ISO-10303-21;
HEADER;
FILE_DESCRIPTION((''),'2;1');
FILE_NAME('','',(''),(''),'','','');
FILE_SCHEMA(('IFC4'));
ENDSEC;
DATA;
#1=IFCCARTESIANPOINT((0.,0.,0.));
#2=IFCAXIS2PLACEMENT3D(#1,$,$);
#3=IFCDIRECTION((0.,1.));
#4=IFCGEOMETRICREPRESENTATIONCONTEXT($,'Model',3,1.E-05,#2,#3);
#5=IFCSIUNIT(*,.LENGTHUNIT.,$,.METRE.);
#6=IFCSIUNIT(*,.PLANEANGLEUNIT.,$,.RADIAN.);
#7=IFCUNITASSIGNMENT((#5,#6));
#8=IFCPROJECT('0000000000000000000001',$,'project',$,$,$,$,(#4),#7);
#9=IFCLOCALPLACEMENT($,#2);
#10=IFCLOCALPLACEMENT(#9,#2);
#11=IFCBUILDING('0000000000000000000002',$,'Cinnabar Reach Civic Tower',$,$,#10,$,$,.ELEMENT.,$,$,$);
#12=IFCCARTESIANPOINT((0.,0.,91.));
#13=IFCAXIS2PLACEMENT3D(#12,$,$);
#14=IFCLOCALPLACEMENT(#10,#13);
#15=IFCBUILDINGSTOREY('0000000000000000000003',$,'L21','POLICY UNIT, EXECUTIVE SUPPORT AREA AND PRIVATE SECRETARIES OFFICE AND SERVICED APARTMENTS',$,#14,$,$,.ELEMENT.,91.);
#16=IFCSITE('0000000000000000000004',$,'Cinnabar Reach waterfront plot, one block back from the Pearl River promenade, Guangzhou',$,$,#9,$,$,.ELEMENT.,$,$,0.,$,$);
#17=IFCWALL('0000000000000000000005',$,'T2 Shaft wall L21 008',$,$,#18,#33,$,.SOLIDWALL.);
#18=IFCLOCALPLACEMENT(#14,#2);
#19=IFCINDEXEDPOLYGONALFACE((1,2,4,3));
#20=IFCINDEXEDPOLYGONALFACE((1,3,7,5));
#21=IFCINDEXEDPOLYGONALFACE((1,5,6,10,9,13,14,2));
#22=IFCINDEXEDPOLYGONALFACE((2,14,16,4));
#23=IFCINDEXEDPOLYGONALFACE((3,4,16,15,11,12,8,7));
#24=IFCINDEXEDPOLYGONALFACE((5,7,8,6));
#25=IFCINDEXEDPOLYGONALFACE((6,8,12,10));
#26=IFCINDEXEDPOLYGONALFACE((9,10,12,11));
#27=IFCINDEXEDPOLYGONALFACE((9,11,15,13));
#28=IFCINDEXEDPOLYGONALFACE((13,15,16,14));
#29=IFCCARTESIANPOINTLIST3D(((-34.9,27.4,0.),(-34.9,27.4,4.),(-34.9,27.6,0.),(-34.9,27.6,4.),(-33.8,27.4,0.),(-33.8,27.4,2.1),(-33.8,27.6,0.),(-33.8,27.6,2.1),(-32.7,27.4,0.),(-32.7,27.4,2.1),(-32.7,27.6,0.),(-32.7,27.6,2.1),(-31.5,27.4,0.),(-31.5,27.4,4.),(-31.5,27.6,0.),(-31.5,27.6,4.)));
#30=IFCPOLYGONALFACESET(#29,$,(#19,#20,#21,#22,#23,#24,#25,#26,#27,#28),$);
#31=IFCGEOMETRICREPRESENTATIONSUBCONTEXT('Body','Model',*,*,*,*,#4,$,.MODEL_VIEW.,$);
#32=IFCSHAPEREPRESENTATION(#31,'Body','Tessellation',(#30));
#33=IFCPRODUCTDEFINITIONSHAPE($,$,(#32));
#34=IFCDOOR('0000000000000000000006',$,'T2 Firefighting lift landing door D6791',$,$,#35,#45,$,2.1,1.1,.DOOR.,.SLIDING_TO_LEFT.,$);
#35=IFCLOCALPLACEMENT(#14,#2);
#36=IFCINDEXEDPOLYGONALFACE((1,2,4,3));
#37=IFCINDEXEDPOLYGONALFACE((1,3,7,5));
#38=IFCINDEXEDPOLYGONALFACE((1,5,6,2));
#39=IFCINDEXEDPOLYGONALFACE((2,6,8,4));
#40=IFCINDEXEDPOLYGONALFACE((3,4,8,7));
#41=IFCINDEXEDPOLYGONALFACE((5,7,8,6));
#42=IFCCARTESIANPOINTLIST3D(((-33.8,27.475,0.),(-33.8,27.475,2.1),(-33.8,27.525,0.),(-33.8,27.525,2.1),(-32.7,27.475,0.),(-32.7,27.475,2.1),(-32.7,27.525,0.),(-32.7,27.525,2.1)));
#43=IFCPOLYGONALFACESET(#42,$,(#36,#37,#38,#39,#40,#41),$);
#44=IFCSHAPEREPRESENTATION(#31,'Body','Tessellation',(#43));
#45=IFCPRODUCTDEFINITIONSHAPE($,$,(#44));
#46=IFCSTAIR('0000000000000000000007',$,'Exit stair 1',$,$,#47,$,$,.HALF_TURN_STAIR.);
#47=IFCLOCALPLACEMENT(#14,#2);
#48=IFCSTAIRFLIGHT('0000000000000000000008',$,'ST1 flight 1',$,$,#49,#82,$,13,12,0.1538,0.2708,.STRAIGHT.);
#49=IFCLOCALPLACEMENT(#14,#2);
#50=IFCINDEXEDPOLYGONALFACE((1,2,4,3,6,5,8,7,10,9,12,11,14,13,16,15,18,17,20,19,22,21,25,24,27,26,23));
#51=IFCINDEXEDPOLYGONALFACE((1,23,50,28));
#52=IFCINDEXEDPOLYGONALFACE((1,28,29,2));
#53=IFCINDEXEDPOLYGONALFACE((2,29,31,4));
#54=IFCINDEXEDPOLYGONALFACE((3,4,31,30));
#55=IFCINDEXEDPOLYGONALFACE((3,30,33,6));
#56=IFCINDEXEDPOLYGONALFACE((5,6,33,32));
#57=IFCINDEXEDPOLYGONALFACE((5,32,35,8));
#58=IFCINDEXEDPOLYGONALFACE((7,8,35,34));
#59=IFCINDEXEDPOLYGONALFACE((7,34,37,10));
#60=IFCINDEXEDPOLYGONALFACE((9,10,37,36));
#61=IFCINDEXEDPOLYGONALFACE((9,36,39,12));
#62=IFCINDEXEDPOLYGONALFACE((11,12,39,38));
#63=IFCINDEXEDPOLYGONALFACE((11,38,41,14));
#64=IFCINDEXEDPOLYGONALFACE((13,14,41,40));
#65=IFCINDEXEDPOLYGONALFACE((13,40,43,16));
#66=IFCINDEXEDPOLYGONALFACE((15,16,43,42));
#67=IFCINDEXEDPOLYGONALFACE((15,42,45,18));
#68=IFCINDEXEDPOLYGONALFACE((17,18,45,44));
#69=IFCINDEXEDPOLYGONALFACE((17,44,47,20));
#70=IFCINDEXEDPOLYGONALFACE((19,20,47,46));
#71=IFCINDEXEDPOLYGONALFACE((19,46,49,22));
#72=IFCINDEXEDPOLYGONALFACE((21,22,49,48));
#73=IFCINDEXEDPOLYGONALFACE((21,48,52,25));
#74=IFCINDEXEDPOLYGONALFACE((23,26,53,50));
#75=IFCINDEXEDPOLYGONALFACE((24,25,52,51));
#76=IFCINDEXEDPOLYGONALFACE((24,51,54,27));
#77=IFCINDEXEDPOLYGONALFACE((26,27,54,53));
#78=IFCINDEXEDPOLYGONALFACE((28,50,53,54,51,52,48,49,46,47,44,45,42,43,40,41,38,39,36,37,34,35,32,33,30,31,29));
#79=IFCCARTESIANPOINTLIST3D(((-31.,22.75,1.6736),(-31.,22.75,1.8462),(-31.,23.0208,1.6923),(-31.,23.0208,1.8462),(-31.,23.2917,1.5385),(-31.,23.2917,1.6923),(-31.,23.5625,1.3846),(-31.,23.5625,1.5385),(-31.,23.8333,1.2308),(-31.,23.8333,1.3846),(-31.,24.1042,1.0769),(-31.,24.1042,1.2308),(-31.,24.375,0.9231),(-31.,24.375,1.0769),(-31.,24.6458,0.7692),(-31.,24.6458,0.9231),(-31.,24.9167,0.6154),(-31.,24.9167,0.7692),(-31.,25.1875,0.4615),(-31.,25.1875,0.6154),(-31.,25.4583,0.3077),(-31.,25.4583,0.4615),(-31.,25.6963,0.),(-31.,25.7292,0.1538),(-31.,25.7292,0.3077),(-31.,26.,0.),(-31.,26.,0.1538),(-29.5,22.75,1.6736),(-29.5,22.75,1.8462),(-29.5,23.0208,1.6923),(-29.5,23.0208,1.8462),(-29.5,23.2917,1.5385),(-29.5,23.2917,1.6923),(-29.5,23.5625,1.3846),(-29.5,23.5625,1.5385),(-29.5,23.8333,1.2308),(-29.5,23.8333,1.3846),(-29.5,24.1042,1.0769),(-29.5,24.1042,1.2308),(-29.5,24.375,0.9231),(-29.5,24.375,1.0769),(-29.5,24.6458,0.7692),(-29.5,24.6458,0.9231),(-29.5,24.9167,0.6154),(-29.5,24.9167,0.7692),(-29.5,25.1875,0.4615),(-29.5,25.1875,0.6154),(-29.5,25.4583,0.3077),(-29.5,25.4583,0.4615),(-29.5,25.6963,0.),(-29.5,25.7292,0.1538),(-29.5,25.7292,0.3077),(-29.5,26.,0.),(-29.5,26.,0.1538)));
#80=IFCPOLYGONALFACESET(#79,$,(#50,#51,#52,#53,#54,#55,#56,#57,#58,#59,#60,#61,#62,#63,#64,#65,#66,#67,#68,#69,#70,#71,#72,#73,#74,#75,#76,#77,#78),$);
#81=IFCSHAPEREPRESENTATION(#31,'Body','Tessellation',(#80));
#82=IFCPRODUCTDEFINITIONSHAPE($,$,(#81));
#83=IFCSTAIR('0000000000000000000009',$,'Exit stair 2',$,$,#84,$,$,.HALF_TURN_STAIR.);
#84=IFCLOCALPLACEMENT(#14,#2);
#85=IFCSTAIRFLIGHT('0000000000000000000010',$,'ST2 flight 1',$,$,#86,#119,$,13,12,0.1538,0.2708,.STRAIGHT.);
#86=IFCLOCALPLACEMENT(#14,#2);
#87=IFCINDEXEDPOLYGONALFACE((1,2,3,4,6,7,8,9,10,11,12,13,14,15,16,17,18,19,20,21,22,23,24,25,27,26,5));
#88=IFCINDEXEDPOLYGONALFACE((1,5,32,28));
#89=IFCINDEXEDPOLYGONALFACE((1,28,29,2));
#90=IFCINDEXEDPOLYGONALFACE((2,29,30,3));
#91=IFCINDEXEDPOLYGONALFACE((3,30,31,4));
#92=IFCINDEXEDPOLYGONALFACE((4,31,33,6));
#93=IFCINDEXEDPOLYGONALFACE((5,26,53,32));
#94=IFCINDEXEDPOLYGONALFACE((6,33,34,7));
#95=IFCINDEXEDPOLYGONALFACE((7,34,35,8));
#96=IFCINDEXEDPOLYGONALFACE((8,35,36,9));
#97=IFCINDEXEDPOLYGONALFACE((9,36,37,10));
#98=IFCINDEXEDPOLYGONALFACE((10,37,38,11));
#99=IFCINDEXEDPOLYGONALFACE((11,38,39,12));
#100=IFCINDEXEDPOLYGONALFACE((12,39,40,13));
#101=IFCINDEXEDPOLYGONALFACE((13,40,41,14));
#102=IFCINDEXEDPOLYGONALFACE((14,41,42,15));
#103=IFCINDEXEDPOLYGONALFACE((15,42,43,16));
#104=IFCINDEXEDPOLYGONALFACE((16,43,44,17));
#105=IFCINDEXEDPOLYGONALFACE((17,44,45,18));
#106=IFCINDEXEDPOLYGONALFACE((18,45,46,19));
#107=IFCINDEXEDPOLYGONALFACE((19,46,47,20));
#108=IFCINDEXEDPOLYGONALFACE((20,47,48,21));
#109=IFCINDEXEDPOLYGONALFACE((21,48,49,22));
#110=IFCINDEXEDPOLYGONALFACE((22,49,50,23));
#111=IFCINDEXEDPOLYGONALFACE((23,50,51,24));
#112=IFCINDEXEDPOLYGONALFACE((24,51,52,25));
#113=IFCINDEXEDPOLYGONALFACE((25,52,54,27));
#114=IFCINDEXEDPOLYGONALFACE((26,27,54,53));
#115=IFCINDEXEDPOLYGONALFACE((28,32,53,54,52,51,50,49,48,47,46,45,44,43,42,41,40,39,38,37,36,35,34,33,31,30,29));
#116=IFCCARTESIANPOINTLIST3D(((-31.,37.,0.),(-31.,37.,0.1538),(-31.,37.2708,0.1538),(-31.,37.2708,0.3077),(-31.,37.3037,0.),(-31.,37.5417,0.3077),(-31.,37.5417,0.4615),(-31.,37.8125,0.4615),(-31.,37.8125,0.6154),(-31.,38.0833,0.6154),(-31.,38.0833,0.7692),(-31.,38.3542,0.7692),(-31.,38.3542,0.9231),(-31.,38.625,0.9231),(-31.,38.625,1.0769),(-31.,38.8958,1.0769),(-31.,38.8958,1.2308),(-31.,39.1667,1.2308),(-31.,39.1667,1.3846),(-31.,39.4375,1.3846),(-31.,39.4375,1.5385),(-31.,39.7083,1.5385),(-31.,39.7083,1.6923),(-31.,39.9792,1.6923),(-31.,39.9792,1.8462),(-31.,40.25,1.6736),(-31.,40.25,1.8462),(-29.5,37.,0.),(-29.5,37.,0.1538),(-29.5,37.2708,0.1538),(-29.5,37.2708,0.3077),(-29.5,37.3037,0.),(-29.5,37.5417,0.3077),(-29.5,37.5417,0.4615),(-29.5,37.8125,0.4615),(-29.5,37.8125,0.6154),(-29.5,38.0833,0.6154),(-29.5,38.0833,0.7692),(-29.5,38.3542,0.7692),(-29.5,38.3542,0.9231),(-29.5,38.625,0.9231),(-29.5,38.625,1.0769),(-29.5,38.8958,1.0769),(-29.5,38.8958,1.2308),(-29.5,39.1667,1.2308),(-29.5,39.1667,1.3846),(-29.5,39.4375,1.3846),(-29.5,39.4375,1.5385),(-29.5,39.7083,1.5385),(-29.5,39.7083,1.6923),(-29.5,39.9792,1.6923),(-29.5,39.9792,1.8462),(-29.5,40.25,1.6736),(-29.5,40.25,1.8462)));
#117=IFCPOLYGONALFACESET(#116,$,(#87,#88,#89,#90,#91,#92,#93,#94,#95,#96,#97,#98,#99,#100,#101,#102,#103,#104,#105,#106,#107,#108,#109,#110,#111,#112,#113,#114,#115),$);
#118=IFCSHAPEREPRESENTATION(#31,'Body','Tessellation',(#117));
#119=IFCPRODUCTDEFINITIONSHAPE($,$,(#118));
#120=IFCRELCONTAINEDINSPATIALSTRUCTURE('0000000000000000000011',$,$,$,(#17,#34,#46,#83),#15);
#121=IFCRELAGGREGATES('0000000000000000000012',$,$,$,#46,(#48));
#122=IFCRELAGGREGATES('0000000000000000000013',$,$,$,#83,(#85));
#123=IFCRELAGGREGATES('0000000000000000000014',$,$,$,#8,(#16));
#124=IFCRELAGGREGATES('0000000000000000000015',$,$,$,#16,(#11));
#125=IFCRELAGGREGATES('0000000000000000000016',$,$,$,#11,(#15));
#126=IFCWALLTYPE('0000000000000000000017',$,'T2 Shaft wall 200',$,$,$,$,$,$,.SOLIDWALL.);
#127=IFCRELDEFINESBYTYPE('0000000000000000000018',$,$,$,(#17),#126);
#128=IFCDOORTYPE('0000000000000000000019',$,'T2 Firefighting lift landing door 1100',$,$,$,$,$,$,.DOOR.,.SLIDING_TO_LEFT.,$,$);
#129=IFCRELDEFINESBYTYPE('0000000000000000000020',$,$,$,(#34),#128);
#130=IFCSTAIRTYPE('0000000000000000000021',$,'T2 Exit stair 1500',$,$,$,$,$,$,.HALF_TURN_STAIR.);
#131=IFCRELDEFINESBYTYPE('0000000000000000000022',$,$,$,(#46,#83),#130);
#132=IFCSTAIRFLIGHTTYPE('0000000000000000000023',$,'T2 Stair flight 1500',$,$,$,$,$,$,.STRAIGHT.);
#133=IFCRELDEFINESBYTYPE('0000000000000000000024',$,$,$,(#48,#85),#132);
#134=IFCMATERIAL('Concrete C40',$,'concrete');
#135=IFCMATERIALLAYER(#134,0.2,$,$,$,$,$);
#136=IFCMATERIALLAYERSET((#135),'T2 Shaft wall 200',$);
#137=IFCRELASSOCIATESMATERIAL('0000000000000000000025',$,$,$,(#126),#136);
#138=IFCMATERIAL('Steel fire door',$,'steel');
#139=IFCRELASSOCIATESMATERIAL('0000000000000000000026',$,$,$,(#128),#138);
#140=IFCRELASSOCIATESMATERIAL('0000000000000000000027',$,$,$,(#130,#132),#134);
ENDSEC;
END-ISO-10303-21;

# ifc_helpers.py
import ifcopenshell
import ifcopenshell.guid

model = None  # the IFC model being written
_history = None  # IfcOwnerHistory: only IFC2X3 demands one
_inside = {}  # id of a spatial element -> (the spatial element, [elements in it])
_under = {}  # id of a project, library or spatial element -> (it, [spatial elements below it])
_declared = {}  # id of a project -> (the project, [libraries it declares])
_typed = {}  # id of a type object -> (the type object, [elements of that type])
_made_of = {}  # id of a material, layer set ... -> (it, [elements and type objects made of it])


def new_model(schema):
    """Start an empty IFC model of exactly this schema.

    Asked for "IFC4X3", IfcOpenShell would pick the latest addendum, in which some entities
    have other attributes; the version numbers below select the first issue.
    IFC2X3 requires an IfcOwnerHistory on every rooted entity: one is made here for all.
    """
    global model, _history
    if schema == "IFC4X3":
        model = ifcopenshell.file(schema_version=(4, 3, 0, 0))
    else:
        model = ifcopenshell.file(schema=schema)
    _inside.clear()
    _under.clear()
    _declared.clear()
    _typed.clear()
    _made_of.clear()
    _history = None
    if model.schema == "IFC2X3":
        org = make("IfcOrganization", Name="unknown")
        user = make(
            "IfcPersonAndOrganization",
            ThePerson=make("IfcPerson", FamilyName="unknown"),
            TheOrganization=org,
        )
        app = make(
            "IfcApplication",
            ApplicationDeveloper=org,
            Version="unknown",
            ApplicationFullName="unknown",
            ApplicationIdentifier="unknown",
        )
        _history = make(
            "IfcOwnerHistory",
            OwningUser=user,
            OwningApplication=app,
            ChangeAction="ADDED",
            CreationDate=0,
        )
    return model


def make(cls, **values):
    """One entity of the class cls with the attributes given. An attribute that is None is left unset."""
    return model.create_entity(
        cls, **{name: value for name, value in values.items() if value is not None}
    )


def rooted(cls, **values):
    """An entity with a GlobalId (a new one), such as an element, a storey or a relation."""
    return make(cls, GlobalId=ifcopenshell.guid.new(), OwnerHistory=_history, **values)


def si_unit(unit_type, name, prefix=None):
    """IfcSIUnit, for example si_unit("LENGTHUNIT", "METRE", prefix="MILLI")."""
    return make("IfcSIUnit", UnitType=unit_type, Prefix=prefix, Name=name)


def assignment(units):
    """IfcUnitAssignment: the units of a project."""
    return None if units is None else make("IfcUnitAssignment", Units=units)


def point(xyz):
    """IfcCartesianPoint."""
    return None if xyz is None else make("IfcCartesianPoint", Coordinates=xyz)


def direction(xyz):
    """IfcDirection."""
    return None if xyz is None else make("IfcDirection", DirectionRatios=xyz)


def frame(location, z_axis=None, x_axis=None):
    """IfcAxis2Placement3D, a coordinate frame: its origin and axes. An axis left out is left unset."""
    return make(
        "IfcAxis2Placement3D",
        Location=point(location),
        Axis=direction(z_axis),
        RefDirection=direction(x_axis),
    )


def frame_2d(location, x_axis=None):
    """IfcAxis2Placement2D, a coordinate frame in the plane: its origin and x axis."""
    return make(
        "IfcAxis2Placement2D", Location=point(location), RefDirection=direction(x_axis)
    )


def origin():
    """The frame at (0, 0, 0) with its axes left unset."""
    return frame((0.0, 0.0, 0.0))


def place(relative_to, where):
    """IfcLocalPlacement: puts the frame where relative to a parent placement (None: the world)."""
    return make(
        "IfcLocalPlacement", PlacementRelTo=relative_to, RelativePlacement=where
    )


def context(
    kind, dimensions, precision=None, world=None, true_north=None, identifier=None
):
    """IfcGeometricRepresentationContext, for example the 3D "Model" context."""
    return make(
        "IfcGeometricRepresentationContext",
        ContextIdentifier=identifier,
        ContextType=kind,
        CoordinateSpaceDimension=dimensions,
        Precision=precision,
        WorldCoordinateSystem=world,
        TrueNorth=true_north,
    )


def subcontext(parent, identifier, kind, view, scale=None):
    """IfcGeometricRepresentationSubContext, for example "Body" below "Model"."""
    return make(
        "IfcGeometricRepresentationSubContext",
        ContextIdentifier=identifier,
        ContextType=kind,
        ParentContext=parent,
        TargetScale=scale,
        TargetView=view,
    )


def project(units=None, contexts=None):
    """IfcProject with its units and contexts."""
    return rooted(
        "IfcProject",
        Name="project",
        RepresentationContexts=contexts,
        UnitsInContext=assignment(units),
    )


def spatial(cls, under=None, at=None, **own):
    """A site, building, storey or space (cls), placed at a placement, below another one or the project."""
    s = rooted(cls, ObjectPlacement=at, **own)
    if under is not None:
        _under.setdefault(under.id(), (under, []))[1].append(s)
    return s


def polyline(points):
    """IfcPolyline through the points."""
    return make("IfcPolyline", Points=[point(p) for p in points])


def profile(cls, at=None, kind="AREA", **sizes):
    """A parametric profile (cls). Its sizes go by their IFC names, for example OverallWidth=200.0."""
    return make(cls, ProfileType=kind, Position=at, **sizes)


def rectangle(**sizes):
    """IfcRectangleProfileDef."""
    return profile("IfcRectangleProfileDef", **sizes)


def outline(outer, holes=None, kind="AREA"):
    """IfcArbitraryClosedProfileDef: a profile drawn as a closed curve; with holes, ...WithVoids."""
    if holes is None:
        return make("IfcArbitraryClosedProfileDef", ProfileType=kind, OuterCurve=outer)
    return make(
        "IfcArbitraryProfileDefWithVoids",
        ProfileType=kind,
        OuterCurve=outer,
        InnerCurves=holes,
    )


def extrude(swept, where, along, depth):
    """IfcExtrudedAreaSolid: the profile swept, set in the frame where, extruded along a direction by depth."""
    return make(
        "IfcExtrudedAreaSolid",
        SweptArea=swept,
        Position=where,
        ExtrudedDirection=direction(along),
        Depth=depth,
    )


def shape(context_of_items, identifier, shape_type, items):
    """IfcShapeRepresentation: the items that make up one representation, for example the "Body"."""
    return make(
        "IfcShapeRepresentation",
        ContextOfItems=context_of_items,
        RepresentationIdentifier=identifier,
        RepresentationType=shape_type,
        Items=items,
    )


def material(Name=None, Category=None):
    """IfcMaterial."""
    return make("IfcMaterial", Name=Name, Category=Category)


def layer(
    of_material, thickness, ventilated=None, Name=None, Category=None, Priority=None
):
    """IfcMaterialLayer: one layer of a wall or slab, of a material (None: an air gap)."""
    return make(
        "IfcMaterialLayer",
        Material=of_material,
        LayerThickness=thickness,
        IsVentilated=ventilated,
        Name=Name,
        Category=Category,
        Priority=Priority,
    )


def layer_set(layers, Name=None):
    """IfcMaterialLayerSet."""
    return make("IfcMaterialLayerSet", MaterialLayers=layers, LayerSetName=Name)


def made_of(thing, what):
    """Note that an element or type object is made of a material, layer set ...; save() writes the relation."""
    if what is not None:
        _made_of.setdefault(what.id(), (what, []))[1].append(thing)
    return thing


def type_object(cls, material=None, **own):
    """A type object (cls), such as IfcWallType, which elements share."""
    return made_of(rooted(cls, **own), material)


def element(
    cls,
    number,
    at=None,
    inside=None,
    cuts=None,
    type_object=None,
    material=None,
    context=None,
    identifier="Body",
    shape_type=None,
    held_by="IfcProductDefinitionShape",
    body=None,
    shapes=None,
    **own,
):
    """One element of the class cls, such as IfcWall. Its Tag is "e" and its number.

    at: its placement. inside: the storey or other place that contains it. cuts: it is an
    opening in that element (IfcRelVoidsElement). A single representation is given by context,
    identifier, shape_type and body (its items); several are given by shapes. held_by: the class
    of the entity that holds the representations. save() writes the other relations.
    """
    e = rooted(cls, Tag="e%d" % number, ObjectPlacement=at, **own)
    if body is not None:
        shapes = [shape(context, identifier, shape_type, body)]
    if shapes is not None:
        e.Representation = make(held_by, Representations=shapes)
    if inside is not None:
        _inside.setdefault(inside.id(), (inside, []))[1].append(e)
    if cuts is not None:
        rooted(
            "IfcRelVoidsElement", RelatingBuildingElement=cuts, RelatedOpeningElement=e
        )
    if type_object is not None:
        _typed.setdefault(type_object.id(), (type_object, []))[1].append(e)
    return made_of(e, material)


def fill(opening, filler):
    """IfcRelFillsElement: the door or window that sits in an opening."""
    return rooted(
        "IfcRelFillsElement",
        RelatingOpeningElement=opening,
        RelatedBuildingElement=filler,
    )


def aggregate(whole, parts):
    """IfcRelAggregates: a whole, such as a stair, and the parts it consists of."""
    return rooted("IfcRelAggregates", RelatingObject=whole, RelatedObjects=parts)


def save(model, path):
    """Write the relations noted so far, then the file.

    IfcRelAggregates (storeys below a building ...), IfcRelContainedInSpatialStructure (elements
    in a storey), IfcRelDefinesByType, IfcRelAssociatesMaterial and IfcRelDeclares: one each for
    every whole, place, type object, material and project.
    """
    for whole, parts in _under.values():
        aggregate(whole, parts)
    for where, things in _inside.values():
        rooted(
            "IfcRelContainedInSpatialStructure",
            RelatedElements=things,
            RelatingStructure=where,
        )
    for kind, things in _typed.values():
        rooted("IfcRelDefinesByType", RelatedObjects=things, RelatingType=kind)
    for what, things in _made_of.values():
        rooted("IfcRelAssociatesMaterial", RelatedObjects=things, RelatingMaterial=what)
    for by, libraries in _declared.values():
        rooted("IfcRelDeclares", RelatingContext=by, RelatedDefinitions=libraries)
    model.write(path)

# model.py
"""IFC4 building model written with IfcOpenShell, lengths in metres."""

from ifc_helpers import new_model, si_unit, direction, frame, frame_2d, origin, place, context, subcontext, project, spatial, polyline, rectangle, outline, extrude, material, layer, layer_set, type_object, element, fill, aggregate, save


model = new_model("IFC4")

# Units and contexts
model_context = context("Model", 3, precision=1e-05, world=origin(), true_north=direction((0.0, 1.0)))
body_context = subcontext(model_context, "Body", "Model", "MODEL_VIEW")
ifc_project = project(units=[si_unit("LENGTHUNIT", "METRE"), si_unit("PLANEANGLEUNIT", "RADIAN")], contexts=[model_context])

# Site, building, storey
site_placement = place(None, origin())
site = spatial("IfcSite", under=ifc_project, at=site_placement, Name="Cinnabar Reach waterfront plot, one block back from the Pearl River promenade, Guangzhou", CompositionType="ELEMENT", RefElevation=0.0)
building_placement = place(site_placement, origin())
building = spatial("IfcBuilding", under=site, at=building_placement, Name="Cinnabar Reach Civic Tower", CompositionType="ELEMENT")
storey_placement = place(building_placement, frame((0.0, 0.0, 91.0)))
storey = spatial("IfcBuildingStorey", under=building, at=storey_placement, Name="L21", Description="POLICY UNIT, EXECUTIVE SUPPORT AREA AND PRIVATE SECRETARIES OFFICE AND SERVICED APARTMENTS", CompositionType="ELEMENT", Elevation=91.0)

# Shared definitions
ifc_material_1 = material(Name="Steel fire door", Category="steel")

# Shared definitions
ifc_material_2 = material(Name="Concrete C40", Category="concrete")
ifc_layer_1 = layer(ifc_material_2, 0.2)
ifc_layer_set_1 = layer_set([ifc_layer_1], Name="T2 Shaft wall 200")
wall_type_1 = type_object("IfcWallType", Name="T2 Shaft wall 200", PredefinedType="SOLIDWALL", material=ifc_layer_set_1)

# Wall, opening, door
wall_1_placement = place(storey_placement, frame((-34.9, 27.5, 0.0), z_axis=(0.0, 0.0, 1.0), x_axis=(1.0, 0.0, 0.0)))
wall_1 = element("IfcWall", 1, at=wall_1_placement, inside=storey, type_object=wall_type_1, Name="T2 Shaft wall L21 008", PredefinedType="SOLIDWALL", context=body_context, shape_type="SweptSolid", body=[
    extrude(rectangle(XDim=3.4, YDim=0.2, at=frame_2d((1.7, 0.0))), origin(), (0.0, 0.0, 1.0), 4.0),
])
opening_1_placement = place(wall_1_placement, frame((1.1, 0.0, 0.0)))
opening_1 = element("IfcOpeningElement", 2, at=opening_1_placement, cuts=wall_1, PredefinedType="OPENING", context=body_context, shape_type="SweptSolid", body=[
    extrude(rectangle(XDim=1.1, YDim=2.1, at=frame_2d((0.55, 1.05))), frame((0.0, 0.11, 0.0), z_axis=(0.0, -1.0, 0.0), x_axis=(1.0, 0.0, 0.0)), (0.0, 0.0, 1.0), 0.22),
])
door_type_1 = type_object("IfcDoorType", Name="T2 Firefighting lift landing door 1100", OperationType="SLIDING_TO_LEFT", PredefinedType="DOOR", material=ifc_material_1)
door_1_placement = place(opening_1_placement, origin())
door_1 = element("IfcDoor", 3, at=door_1_placement, inside=storey, type_object=door_type_1, Name="T2 Firefighting lift landing door D6791", OperationType="SLIDING_TO_LEFT", OverallHeight=2.1, OverallWidth=1.1, PredefinedType="DOOR", context=body_context, shape_type="SweptSolid", body=[
    extrude(rectangle(XDim=1.1, YDim=2.1, at=frame_2d((0.55, 1.05))), frame((0.0, 0.025, 0.0), z_axis=(0.0, -1.0, 0.0), x_axis=(1.0, 0.0, 0.0)), (0.0, 0.0, 1.0), 0.05),
])
fill(opening_1, door_1)

# Stairs, stair flights
stair_type = type_object("IfcStairType", Name="T2 Exit stair 1500", PredefinedType="HALF_TURN_STAIR", material=ifc_material_2)
stair_1_placement = place(storey_placement, origin())
stair_1 = element("IfcStair", 4, at=stair_1_placement, inside=storey, type_object=stair_type, Name="Exit stair 1", PredefinedType="HALF_TURN_STAIR")
stair_flight_type = type_object("IfcStairFlightType", Name="T2 Stair flight 1500", PredefinedType="STRAIGHT", material=ifc_material_2)
stair_flight_1_placement = place(storey_placement, frame((-30.25, 26.0, 0.0), z_axis=(0.0, 0.0, 1.0), x_axis=(0.0, -1.0, 0.0)))
stair_flight_1 = element("IfcStairFlight", 5, at=stair_flight_1_placement, type_object=stair_flight_type, Name="ST1 flight 1", NumberOfRisers=13, NumberOfTreads=12, PredefinedType="STRAIGHT", RiserHeight=0.1538, TreadLength=0.2708, context=body_context, shape_type="SweptSolid", body=[
    extrude(outline(polyline([(0.0, 0.0), (0.0, 0.1538), (0.2708, 0.1538), (0.2708, 0.3077), (0.5417, 0.3077), (0.5417, 0.4615), (0.8125, 0.4615), (0.8125, 0.6154), (1.0833, 0.6154), (1.0833, 0.7692), (1.3542, 0.7692), (1.3542, 0.9231), (1.625, 0.9231), (1.625, 1.0769), (1.8958, 1.0769), (1.8958, 1.2308), (2.1667, 1.2308), (2.1667, 1.3846), (2.4375, 1.3846), (2.4375, 1.5385), (2.7083, 1.5385), (2.7083, 1.6923), (2.9792, 1.6923), (2.9792, 1.8462), (3.25, 1.8462), (3.25, 2.0), (3.25, 1.6736), (0.3037, 0.0), (0.0, 0.0)])), frame((0.0, 0.75, 0.0), z_axis=(0.0, -1.0, 0.0), x_axis=(1.0, 0.0, 0.0)), (0.0, 0.0, 1.0), 1.5),
])
aggregate(stair_1, [stair_flight_1])
stair_2_placement = place(storey_placement, origin())
stair_2 = element("IfcStair", 6, at=stair_2_placement, inside=storey, type_object=stair_type, Name="Exit stair 2", PredefinedType="HALF_TURN_STAIR")
stair_flight_2_placement = place(storey_placement, frame((-30.25, 37.0, 0.0), z_axis=(0.0, 0.0, 1.0), x_axis=(0.0, 1.0, 0.0)))
stair_flight_2 = element("IfcStairFlight", 7, at=stair_flight_2_placement, type_object=stair_flight_type, Name="ST2 flight 1", NumberOfRisers=13, NumberOfTreads=12, PredefinedType="STRAIGHT", RiserHeight=0.1538, TreadLength=0.2708, context=body_context, shape_type="SweptSolid", body=[
    extrude(outline(polyline([(0.0, 0.0), (0.0, 0.1538), (0.2708, 0.1538), (0.2708, 0.3077), (0.5417, 0.3077), (0.5417, 0.4615), (0.8125, 0.4615), (0.8125, 0.6154), (1.0833, 0.6154), (1.0833, 0.7692), (1.3542, 0.7692), (1.3542, 0.9231), (1.625, 0.9231), (1.625, 1.0769), (1.8958, 1.0769), (1.8958, 1.2308), (2.1667, 1.2308), (2.1667, 1.3846), (2.4375, 1.3846), (2.4375, 1.5385), (2.7083, 1.5385), (2.7083, 1.6923), (2.9792, 1.6923), (2.9792, 1.8462), (3.25, 1.8462), (3.25, 2.0), (3.25, 1.6736), (0.3037, 0.0), (0.0, 0.0)])), frame((0.0, 0.75, 0.0), z_axis=(0.0, -1.0, 0.0), x_axis=(1.0, 0.0, 0.0)), (0.0, 0.0, 1.0), 1.5),
])
aggregate(stair_2, [stair_flight_2])

save(model, "model.ifc")
